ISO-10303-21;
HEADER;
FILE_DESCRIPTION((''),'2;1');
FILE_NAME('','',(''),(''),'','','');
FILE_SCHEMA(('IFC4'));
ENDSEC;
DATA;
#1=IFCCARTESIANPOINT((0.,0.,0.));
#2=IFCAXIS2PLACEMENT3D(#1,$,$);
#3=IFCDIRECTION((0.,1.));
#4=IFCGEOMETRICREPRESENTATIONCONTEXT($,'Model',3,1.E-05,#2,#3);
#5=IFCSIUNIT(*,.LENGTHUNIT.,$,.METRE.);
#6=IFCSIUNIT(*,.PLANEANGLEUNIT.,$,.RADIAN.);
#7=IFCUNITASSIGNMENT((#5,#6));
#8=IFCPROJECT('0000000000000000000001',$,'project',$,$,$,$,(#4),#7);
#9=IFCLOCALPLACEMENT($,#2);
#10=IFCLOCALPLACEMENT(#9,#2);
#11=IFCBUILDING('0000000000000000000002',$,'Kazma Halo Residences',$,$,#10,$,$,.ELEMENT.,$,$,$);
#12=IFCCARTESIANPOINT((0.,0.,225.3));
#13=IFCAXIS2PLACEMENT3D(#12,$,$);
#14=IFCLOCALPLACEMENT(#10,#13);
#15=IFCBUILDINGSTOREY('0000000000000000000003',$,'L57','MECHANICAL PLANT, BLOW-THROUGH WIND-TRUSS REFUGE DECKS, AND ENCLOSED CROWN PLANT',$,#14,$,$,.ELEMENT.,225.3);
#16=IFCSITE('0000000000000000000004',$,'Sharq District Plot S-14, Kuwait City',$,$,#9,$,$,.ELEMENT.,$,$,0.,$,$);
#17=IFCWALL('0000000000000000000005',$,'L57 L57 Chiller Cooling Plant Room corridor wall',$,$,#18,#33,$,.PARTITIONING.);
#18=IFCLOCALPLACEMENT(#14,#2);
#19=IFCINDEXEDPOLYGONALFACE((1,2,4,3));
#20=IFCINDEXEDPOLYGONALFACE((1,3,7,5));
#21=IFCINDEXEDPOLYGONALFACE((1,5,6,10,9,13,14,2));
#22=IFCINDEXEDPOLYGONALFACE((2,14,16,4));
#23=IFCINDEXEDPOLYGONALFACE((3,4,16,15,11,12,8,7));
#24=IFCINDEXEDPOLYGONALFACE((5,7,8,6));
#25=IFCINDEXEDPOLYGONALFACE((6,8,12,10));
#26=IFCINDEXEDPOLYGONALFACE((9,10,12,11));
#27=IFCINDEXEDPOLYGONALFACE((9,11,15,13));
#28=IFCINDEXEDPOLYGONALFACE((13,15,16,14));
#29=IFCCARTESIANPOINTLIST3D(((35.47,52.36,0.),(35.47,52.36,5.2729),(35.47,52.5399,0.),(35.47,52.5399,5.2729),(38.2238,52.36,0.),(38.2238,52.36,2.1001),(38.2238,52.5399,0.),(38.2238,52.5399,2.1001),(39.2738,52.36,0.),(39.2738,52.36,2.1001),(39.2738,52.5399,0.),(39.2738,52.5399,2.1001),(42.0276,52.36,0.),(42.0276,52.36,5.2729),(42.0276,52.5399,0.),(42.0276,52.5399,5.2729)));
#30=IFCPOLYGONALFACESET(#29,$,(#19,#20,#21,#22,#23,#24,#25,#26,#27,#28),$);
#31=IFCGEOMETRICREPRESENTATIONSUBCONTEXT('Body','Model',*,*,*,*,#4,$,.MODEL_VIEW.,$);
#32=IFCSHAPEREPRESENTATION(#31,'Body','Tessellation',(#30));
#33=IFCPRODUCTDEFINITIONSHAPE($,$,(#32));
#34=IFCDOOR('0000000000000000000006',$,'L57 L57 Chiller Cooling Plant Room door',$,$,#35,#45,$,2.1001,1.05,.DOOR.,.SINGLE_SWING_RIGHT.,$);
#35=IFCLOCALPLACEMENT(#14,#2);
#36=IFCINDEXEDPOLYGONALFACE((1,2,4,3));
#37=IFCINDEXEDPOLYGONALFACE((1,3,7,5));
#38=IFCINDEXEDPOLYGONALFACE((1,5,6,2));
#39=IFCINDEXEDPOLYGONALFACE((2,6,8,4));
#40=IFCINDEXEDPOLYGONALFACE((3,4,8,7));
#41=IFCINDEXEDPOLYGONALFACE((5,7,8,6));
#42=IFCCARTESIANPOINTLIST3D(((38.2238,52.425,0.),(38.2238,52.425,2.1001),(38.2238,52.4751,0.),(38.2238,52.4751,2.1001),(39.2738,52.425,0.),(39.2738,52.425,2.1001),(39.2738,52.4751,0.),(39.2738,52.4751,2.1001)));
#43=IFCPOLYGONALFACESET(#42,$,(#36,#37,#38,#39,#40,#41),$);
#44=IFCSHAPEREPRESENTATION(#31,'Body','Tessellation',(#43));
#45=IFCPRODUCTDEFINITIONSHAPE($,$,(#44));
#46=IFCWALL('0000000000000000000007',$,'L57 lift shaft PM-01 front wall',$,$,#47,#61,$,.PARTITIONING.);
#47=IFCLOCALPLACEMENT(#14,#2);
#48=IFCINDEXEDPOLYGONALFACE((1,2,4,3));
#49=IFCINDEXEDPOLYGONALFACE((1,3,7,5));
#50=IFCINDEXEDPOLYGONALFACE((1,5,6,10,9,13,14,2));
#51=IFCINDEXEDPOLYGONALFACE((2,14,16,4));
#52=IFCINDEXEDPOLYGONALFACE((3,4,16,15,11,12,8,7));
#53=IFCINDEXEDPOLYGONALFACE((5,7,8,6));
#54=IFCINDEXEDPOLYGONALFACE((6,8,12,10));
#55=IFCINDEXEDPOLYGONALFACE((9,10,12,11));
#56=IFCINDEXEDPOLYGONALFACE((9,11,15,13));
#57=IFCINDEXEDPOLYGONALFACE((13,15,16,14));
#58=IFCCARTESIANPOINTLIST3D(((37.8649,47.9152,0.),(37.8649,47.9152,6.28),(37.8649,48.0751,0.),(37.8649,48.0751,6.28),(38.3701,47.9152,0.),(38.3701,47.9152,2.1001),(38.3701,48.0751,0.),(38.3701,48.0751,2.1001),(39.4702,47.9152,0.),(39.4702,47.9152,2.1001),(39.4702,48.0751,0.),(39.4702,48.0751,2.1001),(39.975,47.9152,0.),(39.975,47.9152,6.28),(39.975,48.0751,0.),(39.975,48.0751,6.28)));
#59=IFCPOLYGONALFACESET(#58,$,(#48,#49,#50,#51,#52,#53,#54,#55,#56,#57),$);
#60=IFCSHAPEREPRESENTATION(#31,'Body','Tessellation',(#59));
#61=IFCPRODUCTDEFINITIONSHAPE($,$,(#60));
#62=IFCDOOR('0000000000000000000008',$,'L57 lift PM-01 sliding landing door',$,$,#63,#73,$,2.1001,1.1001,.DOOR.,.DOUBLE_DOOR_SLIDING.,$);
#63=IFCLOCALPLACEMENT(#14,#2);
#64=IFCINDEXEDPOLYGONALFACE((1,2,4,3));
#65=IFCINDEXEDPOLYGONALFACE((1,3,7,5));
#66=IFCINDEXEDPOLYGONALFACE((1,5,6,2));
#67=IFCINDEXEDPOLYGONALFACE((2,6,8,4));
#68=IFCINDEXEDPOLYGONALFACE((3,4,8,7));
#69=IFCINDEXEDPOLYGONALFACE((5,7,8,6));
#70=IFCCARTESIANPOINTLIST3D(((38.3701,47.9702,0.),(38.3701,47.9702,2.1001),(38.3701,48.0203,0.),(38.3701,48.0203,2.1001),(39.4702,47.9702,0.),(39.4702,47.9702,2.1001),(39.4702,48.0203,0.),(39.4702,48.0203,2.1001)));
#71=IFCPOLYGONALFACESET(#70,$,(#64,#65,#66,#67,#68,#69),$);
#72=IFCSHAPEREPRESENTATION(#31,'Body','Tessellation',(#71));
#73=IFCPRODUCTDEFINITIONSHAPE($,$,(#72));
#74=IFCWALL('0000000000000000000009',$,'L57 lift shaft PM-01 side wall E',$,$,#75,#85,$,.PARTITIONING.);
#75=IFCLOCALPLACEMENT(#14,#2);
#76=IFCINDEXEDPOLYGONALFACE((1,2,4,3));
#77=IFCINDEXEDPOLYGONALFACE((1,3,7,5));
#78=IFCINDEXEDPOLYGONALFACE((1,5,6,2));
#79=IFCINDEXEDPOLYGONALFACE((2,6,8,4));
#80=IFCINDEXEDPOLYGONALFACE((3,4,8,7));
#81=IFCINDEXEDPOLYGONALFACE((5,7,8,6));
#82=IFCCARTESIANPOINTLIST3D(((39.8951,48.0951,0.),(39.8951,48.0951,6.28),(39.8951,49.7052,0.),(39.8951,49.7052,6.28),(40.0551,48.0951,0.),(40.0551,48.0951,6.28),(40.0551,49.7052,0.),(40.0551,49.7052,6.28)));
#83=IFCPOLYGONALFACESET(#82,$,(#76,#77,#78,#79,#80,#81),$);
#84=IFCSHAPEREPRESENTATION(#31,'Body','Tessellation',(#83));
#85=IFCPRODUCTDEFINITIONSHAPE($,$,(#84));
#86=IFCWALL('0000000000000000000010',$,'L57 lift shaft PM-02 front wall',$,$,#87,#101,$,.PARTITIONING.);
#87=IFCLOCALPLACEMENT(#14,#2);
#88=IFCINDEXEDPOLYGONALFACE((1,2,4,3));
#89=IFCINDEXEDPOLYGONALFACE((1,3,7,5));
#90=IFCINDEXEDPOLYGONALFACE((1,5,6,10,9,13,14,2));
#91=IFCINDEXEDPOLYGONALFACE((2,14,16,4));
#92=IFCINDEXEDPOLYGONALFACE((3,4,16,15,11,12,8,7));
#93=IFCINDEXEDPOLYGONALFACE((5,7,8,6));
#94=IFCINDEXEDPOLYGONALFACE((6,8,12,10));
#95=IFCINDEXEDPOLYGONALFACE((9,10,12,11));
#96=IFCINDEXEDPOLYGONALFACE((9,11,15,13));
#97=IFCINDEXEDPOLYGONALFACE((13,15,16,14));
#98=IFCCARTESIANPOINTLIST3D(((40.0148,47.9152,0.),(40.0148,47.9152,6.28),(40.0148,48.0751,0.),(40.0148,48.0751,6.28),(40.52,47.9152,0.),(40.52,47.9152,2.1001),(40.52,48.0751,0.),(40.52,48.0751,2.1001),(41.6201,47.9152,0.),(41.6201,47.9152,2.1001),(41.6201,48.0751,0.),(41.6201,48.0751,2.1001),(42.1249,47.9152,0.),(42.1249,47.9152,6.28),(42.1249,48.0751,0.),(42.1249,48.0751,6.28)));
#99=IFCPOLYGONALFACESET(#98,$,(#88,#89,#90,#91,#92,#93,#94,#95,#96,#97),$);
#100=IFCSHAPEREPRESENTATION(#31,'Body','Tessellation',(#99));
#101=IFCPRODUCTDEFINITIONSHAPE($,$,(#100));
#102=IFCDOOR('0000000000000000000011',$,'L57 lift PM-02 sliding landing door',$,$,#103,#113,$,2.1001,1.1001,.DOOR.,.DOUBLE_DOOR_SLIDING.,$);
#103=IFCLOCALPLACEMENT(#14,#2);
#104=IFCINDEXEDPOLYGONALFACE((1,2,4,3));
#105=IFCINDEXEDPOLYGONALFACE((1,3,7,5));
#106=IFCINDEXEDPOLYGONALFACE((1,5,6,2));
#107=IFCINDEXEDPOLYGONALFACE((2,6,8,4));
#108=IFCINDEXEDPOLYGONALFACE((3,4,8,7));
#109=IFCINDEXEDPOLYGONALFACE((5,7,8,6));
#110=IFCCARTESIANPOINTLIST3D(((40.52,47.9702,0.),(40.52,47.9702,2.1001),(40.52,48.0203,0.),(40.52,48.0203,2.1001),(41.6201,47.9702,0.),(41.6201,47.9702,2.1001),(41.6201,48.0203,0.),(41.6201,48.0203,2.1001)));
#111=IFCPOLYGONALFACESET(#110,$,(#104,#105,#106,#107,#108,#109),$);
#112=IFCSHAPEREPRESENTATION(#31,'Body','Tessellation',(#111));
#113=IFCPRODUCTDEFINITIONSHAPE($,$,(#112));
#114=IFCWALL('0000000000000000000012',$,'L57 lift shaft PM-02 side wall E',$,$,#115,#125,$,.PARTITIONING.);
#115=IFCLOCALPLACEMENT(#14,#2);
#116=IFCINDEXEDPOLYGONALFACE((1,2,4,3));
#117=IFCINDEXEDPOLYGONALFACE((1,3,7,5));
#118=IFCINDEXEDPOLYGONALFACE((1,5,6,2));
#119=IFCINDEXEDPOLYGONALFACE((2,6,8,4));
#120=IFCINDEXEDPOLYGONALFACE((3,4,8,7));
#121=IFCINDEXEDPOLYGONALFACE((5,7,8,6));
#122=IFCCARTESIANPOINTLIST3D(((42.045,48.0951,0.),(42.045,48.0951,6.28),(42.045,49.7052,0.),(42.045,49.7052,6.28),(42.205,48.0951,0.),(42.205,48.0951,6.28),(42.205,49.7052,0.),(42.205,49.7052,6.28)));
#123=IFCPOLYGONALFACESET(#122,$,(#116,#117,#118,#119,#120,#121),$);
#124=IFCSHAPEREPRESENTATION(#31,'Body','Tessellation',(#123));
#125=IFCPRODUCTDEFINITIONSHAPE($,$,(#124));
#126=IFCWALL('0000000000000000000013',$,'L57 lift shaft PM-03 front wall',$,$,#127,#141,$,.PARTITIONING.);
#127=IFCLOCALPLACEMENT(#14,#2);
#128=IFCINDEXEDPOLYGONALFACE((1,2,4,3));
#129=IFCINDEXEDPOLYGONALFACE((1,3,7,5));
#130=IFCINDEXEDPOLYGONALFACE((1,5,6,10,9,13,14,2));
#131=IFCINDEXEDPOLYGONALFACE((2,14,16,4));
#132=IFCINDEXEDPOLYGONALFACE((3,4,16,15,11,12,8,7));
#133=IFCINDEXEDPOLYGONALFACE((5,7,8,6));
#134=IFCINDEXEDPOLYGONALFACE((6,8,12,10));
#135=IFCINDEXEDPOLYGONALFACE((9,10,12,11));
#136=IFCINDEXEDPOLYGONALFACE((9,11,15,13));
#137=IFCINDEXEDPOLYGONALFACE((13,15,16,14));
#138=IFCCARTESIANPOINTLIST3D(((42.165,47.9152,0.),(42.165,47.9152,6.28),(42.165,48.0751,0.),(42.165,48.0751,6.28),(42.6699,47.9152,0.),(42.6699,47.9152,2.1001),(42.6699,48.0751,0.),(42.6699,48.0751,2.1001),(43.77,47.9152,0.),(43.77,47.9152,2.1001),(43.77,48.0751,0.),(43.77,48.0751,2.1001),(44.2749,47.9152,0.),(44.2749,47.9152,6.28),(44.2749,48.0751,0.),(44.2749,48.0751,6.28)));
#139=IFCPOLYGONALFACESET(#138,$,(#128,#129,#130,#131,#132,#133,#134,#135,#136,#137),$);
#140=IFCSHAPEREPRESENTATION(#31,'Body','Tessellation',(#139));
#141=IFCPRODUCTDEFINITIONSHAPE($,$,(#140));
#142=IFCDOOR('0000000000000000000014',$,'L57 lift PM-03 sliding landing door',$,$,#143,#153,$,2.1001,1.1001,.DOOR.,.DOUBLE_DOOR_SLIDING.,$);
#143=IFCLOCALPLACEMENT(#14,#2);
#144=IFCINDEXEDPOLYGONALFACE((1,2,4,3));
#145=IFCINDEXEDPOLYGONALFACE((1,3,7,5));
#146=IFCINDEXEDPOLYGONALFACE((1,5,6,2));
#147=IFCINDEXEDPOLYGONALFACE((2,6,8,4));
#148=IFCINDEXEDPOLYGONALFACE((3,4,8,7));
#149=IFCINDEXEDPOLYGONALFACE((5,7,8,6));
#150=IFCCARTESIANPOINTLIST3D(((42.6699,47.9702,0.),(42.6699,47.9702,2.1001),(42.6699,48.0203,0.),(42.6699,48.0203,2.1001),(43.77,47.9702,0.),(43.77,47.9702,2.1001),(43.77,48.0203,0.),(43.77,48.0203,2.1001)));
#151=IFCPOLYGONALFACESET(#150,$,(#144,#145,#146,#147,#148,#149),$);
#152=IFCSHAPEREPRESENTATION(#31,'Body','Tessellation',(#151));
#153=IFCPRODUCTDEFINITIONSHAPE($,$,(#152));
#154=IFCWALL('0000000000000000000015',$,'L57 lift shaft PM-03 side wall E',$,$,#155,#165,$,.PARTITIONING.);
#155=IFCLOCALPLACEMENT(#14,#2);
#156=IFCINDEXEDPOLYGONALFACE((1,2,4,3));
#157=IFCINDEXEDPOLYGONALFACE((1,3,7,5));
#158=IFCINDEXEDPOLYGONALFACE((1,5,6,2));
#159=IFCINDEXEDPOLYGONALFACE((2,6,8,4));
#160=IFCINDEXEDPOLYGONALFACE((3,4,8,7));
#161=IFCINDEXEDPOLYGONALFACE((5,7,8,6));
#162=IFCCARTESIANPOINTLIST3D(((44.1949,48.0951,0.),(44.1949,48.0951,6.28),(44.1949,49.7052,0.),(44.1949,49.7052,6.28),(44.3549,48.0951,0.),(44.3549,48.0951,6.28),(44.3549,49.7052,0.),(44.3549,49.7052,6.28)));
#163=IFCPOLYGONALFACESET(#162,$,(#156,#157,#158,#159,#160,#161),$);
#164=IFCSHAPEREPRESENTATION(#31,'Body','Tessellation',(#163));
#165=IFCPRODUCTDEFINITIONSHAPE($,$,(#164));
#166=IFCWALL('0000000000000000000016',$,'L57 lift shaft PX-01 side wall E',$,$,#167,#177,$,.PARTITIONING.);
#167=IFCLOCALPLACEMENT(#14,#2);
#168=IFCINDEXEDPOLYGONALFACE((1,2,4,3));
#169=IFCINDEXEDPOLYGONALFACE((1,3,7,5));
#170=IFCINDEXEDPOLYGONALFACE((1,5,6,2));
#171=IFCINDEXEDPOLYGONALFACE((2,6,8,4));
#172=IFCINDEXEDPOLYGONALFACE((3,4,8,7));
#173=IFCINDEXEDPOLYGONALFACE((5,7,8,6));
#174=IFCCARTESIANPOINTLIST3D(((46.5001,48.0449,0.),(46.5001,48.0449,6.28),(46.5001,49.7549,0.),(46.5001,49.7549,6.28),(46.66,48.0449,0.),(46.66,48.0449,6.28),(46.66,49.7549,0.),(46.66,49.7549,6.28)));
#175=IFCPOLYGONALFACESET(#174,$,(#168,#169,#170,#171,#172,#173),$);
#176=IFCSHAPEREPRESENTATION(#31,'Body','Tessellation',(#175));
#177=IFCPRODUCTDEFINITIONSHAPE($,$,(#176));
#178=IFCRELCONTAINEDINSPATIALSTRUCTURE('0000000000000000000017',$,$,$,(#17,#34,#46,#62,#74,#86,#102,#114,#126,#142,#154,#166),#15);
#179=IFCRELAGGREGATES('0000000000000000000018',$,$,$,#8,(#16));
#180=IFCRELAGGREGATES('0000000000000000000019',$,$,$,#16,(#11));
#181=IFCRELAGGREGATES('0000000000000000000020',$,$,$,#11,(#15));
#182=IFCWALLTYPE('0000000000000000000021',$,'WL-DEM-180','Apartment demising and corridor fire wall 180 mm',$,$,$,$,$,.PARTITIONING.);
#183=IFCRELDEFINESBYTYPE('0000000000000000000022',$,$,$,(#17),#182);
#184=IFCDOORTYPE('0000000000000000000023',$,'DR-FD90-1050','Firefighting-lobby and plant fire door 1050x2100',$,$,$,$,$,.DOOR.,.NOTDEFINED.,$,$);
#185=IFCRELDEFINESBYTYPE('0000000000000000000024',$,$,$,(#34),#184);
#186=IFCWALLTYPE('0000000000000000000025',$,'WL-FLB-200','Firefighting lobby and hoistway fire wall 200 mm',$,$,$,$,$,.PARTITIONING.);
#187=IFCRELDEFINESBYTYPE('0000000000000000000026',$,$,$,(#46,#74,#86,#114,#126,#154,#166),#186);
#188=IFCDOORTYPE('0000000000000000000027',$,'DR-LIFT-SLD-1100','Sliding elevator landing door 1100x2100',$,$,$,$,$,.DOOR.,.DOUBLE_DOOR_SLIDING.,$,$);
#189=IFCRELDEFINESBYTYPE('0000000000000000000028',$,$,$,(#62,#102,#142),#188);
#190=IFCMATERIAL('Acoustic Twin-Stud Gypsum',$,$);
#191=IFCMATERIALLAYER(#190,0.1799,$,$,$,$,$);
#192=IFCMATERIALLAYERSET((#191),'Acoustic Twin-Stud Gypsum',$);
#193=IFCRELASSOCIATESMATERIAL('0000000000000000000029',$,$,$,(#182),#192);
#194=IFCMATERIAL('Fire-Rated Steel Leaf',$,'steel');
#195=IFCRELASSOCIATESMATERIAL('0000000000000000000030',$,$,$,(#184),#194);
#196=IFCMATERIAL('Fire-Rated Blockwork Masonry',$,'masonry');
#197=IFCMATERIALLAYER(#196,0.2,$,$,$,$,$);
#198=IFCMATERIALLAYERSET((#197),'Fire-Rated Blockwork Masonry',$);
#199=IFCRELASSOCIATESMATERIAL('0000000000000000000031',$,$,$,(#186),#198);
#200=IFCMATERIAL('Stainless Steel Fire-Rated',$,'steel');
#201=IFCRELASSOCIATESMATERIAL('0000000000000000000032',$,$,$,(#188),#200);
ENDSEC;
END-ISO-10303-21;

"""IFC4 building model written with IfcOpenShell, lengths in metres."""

from ifc_helpers import new_model, si_unit, direction, frame, frame_2d, origin, place, context, subcontext, project, spatial, rectangle, extrude, material, layer, layer_set, type_object, element, fill, save


model = new_model("IFC4")

# Units and contexts
model_context = context("Model", 3, precision=1e-05, world=origin(), true_north=direction((0.0, 1.0)))
body_context = subcontext(model_context, "Body", "Model", "MODEL_VIEW")
ifc_project = project(units=[si_unit("LENGTHUNIT", "METRE"), si_unit("PLANEANGLEUNIT", "RADIAN")], contexts=[model_context])

# Site, building, storey
site_placement = place(None, origin())
site = spatial("IfcSite", under=ifc_project, at=site_placement, Name="Sharq District Plot S-14, Kuwait City", CompositionType="ELEMENT", RefElevation=0.0)
building_placement = place(site_placement, origin())
building = spatial("IfcBuilding", under=site, at=building_placement, Name="Kazma Halo Residences", CompositionType="ELEMENT")
storey_placement = place(building_placement, frame((0.0, 0.0, 225.3)))
storey = spatial("IfcBuildingStorey", under=building, at=storey_placement, Name="L57", Description="MECHANICAL PLANT, BLOW-THROUGH WIND-TRUSS REFUGE DECKS, AND ENCLOSED CROWN PLANT", CompositionType="ELEMENT", Elevation=225.3)

# Shared definitions
ifc_material_1 = material(Name="Acoustic Twin-Stud Gypsum")
ifc_layer_1 = layer(ifc_material_1, 0.1799)
ifc_layer_set_1 = layer_set([ifc_layer_1], Name="Acoustic Twin-Stud Gypsum")
wall_type_1 = type_object("IfcWallType", Name="WL-DEM-180", Description="Apartment demising and corridor fire wall 180 mm", PredefinedType="PARTITIONING", material=ifc_layer_set_1)

# Walls, openings, doors
wall_1_placement = place(storey_placement, frame((42.0276, 52.45, 0.0), z_axis=(0.0, 0.0, 1.0), x_axis=(-1.0, 0.0, 0.0)))
wall_1 = element("IfcWall", 1, at=wall_1_placement, inside=storey, type_object=wall_type_1, Name="L57 L57 Chiller Cooling Plant Room corridor wall", PredefinedType="PARTITIONING", context=body_context, shape_type="SweptSolid", body=[
    extrude(rectangle(XDim=6.5576, YDim=0.1799, at=frame_2d((3.2788, 0.0))), origin(), (0.0, 0.0, 1.0), 5.2729),
])
opening_1_placement = place(wall_1_placement, frame((2.7539, 0.0, 0.0)))
opening_1 = element("IfcOpeningElement", 2, at=opening_1_placement, cuts=wall_1, PredefinedType="OPENING", context=body_context, shape_type="SweptSolid", body=[
    extrude(rectangle(XDim=1.05, YDim=2.1001, at=frame_2d((0.5249, 1.05))), frame((0.0, 0.0999, 0.0), z_axis=(0.0, -1.0, 0.0), x_axis=(1.0, 0.0, 0.0)), (0.0, 0.0, 1.0), 0.2),
])
ifc_material_2 = material(Name="Fire-Rated Steel Leaf", Category="steel")
door_type_1 = type_object("IfcDoorType", Name="DR-FD90-1050", Description="Firefighting-lobby and plant fire door 1050x2100", OperationType="NOTDEFINED", PredefinedType="DOOR", material=ifc_material_2)
door_1_placement = place(opening_1_placement, origin())
door_1 = element("IfcDoor", 3, at=door_1_placement, inside=storey, type_object=door_type_1, Name="L57 L57 Chiller Cooling Plant Room door", OperationType="SINGLE_SWING_RIGHT", OverallHeight=2.1001, OverallWidth=1.05, PredefinedType="DOOR", context=body_context, shape_type="SweptSolid", body=[
    extrude(rectangle(XDim=1.05, YDim=2.1001, at=frame_2d((0.5249, 1.05))), frame((0.0, 0.0249, 0.0), z_axis=(0.0, -1.0, 0.0), x_axis=(1.0, 0.0, 0.0)), (0.0, 0.0, 1.0), 0.05),
])
fill(opening_1, door_1)
ifc_material_3 = material(Name="Fire-Rated Blockwork Masonry", Category="masonry")
ifc_layer_2 = layer(ifc_material_3, 0.2)
ifc_layer_set_2 = layer_set([ifc_layer_2], Name="Fire-Rated Blockwork Masonry")
wall_type_2 = type_object("IfcWallType", Name="WL-FLB-200", Description="Firefighting lobby and hoistway fire wall 200 mm", PredefinedType="PARTITIONING", material=ifc_layer_set_2)
wall_2_placement = place(storey_placement, frame((39.9751, 47.9951, 0.0), z_axis=(0.0, 0.0, 1.0), x_axis=(-1.0, 0.0, 0.0)))
wall_2 = element("IfcWall", 4, at=wall_2_placement, inside=storey, type_object=wall_type_2, Name="L57 lift shaft PM-01 front wall", PredefinedType="PARTITIONING", context=body_context, shape_type="SweptSolid", body=[
    extrude(rectangle(XDim=2.1101, YDim=0.1599, at=frame_2d((1.0552, 0.0))), origin(), (0.0, 0.0, 1.0), 6.28),
])
opening_2_placement = place(wall_2_placement, frame((0.5049, 0.0, 0.0)))
opening_2 = element("IfcOpeningElement", 5, at=opening_2_placement, cuts=wall_2, PredefinedType="OPENING", context=body_context, shape_type="SweptSolid", body=[
    extrude(rectangle(XDim=1.1001, YDim=2.1001, at=frame_2d((0.55, 1.05))), frame((0.0, 0.0898, 0.0), z_axis=(0.0, -1.0, 0.0), x_axis=(1.0, 0.0, 0.0)), (0.0, 0.0, 1.0), 0.1799),
])
ifc_material_4 = material(Name="Stainless Steel Fire-Rated", Category="steel")
door_type_2 = type_object("IfcDoorType", Name="DR-LIFT-SLD-1100", Description="Sliding elevator landing door 1100x2100", OperationType="DOUBLE_DOOR_SLIDING", PredefinedType="DOOR", material=ifc_material_4)
door_2_placement = place(opening_2_placement, origin())
door_2 = element("IfcDoor", 6, at=door_2_placement, inside=storey, type_object=door_type_2, Name="L57 lift PM-01 sliding landing door", OperationType="DOUBLE_DOOR_SLIDING", OverallHeight=2.1001, OverallWidth=1.1001, PredefinedType="DOOR", context=body_context, shape_type="SweptSolid", body=[
    extrude(rectangle(XDim=1.1001, YDim=2.1001, at=frame_2d((0.55, 1.05))), frame((0.0, 0.0249, 0.0), z_axis=(0.0, -1.0, 0.0), x_axis=(1.0, 0.0, 0.0)), (0.0, 0.0, 1.0), 0.05),
])
fill(opening_2, door_2)

# Wall
wall_3_placement = place(storey_placement, frame((39.9751, 48.095, 0.0), z_axis=(0.0, 0.0, 1.0), x_axis=(0.0, 1.0, 0.0)))
element("IfcWall", 7, at=wall_3_placement, inside=storey, type_object=wall_type_2, Name="L57 lift shaft PM-01 side wall E", PredefinedType="PARTITIONING", context=body_context, shape_type="SweptSolid", body=[
    extrude(rectangle(XDim=1.6101, YDim=0.1599, at=frame_2d((0.8052, 0.0))), origin(), (0.0, 0.0, 1.0), 6.28),
])

# Wall, opening, door
wall_4_placement = place(storey_placement, frame((42.125, 47.9951, 0.0), z_axis=(0.0, 0.0, 1.0), x_axis=(-1.0, 0.0, 0.0)))
wall_4 = element("IfcWall", 8, at=wall_4_placement, inside=storey, type_object=wall_type_2, Name="L57 lift shaft PM-02 front wall", PredefinedType="PARTITIONING", context=body_context, shape_type="SweptSolid", body=[
    extrude(rectangle(XDim=2.1101, YDim=0.1599, at=frame_2d((1.0552, 0.0))), origin(), (0.0, 0.0, 1.0), 6.28),
])
opening_3_placement = place(wall_4_placement, frame((0.5049, 0.0, 0.0)))
opening_3 = element("IfcOpeningElement", 9, at=opening_3_placement, cuts=wall_4, PredefinedType="OPENING", context=body_context, shape_type="SweptSolid", body=[
    extrude(rectangle(XDim=1.1001, YDim=2.1001, at=frame_2d((0.55, 1.05))), frame((0.0, 0.0898, 0.0), z_axis=(0.0, -1.0, 0.0), x_axis=(1.0, 0.0, 0.0)), (0.0, 0.0, 1.0), 0.1799),
])
door_3_placement = place(opening_3_placement, origin())
door_3 = element("IfcDoor", 10, at=door_3_placement, inside=storey, type_object=door_type_2, Name="L57 lift PM-02 sliding landing door", OperationType="DOUBLE_DOOR_SLIDING", OverallHeight=2.1001, OverallWidth=1.1001, PredefinedType="DOOR", context=body_context, shape_type="SweptSolid", body=[
    extrude(rectangle(XDim=1.1001, YDim=2.1001, at=frame_2d((0.55, 1.05))), frame((0.0, 0.0249, 0.0), z_axis=(0.0, -1.0, 0.0), x_axis=(1.0, 0.0, 0.0)), (0.0, 0.0, 1.0), 0.05),
])
fill(opening_3, door_3)

# Wall
wall_5_placement = place(storey_placement, frame((42.125, 48.095, 0.0), z_axis=(0.0, 0.0, 1.0), x_axis=(0.0, 1.0, 0.0)))
element("IfcWall", 11, at=wall_5_placement, inside=storey, type_object=wall_type_2, Name="L57 lift shaft PM-02 side wall E", PredefinedType="PARTITIONING", context=body_context, shape_type="SweptSolid", body=[
    extrude(rectangle(XDim=1.6101, YDim=0.1599, at=frame_2d((0.8052, 0.0))), origin(), (0.0, 0.0, 1.0), 6.28),
])

# Wall, opening, door
wall_6_placement = place(storey_placement, frame((44.2749, 47.9951, 0.0), z_axis=(0.0, 0.0, 1.0), x_axis=(-1.0, 0.0, 0.0)))
wall_6 = element("IfcWall", 12, at=wall_6_placement, inside=storey, type_object=wall_type_2, Name="L57 lift shaft PM-03 front wall", PredefinedType="PARTITIONING", context=body_context, shape_type="SweptSolid", body=[
    extrude(rectangle(XDim=2.1099, YDim=0.1599, at=frame_2d((1.0549, 0.0))), origin(), (0.0, 0.0, 1.0), 6.28),
])
opening_4_placement = place(wall_6_placement, frame((0.5049, 0.0, 0.0)))
opening_4 = element("IfcOpeningElement", 13, at=opening_4_placement, cuts=wall_6, PredefinedType="OPENING", context=body_context, shape_type="SweptSolid", body=[
    extrude(rectangle(XDim=1.1001, YDim=2.1001, at=frame_2d((0.55, 1.05))), frame((0.0, 0.0898, 0.0), z_axis=(0.0, -1.0, 0.0), x_axis=(1.0, 0.0, 0.0)), (0.0, 0.0, 1.0), 0.1799),
])
door_4_placement = place(opening_4_placement, origin())
door_4 = element("IfcDoor", 14, at=door_4_placement, inside=storey, type_object=door_type_2, Name="L57 lift PM-03 sliding landing door", OperationType="DOUBLE_DOOR_SLIDING", OverallHeight=2.1001, OverallWidth=1.1001, PredefinedType="DOOR", context=body_context, shape_type="SweptSolid", body=[
    extrude(rectangle(XDim=1.1001, YDim=2.1001, at=frame_2d((0.55, 1.05))), frame((0.0, 0.0249, 0.0), z_axis=(0.0, -1.0, 0.0), x_axis=(1.0, 0.0, 0.0)), (0.0, 0.0, 1.0), 0.05),
])
fill(opening_4, door_4)

# Walls
wall_7_placement = place(storey_placement, frame((44.2749, 48.095, 0.0), z_axis=(0.0, 0.0, 1.0), x_axis=(0.0, 1.0, 0.0)))
element("IfcWall", 15, at=wall_7_placement, inside=storey, type_object=wall_type_2, Name="L57 lift shaft PM-03 side wall E", PredefinedType="PARTITIONING", context=body_context, shape_type="SweptSolid", body=[
    extrude(rectangle(XDim=1.6101, YDim=0.1599, at=frame_2d((0.8052, 0.0))), origin(), (0.0, 0.0, 1.0), 6.28),
])
wall_8_placement = place(storey_placement, frame((46.5801, 48.0449, 0.0), z_axis=(0.0, 0.0, 1.0), x_axis=(0.0, 1.0, 0.0)))
element("IfcWall", 16, at=wall_8_placement, inside=storey, type_object=wall_type_2, Name="L57 lift shaft PX-01 side wall E", PredefinedType="PARTITIONING", context=body_context, shape_type="SweptSolid", body=[
    extrude(rectangle(XDim=1.71, YDim=0.1599, at=frame_2d((0.855, 0.0))), origin(), (0.0, 0.0, 1.0), 6.28),
])

save(model, "model.ifc")
